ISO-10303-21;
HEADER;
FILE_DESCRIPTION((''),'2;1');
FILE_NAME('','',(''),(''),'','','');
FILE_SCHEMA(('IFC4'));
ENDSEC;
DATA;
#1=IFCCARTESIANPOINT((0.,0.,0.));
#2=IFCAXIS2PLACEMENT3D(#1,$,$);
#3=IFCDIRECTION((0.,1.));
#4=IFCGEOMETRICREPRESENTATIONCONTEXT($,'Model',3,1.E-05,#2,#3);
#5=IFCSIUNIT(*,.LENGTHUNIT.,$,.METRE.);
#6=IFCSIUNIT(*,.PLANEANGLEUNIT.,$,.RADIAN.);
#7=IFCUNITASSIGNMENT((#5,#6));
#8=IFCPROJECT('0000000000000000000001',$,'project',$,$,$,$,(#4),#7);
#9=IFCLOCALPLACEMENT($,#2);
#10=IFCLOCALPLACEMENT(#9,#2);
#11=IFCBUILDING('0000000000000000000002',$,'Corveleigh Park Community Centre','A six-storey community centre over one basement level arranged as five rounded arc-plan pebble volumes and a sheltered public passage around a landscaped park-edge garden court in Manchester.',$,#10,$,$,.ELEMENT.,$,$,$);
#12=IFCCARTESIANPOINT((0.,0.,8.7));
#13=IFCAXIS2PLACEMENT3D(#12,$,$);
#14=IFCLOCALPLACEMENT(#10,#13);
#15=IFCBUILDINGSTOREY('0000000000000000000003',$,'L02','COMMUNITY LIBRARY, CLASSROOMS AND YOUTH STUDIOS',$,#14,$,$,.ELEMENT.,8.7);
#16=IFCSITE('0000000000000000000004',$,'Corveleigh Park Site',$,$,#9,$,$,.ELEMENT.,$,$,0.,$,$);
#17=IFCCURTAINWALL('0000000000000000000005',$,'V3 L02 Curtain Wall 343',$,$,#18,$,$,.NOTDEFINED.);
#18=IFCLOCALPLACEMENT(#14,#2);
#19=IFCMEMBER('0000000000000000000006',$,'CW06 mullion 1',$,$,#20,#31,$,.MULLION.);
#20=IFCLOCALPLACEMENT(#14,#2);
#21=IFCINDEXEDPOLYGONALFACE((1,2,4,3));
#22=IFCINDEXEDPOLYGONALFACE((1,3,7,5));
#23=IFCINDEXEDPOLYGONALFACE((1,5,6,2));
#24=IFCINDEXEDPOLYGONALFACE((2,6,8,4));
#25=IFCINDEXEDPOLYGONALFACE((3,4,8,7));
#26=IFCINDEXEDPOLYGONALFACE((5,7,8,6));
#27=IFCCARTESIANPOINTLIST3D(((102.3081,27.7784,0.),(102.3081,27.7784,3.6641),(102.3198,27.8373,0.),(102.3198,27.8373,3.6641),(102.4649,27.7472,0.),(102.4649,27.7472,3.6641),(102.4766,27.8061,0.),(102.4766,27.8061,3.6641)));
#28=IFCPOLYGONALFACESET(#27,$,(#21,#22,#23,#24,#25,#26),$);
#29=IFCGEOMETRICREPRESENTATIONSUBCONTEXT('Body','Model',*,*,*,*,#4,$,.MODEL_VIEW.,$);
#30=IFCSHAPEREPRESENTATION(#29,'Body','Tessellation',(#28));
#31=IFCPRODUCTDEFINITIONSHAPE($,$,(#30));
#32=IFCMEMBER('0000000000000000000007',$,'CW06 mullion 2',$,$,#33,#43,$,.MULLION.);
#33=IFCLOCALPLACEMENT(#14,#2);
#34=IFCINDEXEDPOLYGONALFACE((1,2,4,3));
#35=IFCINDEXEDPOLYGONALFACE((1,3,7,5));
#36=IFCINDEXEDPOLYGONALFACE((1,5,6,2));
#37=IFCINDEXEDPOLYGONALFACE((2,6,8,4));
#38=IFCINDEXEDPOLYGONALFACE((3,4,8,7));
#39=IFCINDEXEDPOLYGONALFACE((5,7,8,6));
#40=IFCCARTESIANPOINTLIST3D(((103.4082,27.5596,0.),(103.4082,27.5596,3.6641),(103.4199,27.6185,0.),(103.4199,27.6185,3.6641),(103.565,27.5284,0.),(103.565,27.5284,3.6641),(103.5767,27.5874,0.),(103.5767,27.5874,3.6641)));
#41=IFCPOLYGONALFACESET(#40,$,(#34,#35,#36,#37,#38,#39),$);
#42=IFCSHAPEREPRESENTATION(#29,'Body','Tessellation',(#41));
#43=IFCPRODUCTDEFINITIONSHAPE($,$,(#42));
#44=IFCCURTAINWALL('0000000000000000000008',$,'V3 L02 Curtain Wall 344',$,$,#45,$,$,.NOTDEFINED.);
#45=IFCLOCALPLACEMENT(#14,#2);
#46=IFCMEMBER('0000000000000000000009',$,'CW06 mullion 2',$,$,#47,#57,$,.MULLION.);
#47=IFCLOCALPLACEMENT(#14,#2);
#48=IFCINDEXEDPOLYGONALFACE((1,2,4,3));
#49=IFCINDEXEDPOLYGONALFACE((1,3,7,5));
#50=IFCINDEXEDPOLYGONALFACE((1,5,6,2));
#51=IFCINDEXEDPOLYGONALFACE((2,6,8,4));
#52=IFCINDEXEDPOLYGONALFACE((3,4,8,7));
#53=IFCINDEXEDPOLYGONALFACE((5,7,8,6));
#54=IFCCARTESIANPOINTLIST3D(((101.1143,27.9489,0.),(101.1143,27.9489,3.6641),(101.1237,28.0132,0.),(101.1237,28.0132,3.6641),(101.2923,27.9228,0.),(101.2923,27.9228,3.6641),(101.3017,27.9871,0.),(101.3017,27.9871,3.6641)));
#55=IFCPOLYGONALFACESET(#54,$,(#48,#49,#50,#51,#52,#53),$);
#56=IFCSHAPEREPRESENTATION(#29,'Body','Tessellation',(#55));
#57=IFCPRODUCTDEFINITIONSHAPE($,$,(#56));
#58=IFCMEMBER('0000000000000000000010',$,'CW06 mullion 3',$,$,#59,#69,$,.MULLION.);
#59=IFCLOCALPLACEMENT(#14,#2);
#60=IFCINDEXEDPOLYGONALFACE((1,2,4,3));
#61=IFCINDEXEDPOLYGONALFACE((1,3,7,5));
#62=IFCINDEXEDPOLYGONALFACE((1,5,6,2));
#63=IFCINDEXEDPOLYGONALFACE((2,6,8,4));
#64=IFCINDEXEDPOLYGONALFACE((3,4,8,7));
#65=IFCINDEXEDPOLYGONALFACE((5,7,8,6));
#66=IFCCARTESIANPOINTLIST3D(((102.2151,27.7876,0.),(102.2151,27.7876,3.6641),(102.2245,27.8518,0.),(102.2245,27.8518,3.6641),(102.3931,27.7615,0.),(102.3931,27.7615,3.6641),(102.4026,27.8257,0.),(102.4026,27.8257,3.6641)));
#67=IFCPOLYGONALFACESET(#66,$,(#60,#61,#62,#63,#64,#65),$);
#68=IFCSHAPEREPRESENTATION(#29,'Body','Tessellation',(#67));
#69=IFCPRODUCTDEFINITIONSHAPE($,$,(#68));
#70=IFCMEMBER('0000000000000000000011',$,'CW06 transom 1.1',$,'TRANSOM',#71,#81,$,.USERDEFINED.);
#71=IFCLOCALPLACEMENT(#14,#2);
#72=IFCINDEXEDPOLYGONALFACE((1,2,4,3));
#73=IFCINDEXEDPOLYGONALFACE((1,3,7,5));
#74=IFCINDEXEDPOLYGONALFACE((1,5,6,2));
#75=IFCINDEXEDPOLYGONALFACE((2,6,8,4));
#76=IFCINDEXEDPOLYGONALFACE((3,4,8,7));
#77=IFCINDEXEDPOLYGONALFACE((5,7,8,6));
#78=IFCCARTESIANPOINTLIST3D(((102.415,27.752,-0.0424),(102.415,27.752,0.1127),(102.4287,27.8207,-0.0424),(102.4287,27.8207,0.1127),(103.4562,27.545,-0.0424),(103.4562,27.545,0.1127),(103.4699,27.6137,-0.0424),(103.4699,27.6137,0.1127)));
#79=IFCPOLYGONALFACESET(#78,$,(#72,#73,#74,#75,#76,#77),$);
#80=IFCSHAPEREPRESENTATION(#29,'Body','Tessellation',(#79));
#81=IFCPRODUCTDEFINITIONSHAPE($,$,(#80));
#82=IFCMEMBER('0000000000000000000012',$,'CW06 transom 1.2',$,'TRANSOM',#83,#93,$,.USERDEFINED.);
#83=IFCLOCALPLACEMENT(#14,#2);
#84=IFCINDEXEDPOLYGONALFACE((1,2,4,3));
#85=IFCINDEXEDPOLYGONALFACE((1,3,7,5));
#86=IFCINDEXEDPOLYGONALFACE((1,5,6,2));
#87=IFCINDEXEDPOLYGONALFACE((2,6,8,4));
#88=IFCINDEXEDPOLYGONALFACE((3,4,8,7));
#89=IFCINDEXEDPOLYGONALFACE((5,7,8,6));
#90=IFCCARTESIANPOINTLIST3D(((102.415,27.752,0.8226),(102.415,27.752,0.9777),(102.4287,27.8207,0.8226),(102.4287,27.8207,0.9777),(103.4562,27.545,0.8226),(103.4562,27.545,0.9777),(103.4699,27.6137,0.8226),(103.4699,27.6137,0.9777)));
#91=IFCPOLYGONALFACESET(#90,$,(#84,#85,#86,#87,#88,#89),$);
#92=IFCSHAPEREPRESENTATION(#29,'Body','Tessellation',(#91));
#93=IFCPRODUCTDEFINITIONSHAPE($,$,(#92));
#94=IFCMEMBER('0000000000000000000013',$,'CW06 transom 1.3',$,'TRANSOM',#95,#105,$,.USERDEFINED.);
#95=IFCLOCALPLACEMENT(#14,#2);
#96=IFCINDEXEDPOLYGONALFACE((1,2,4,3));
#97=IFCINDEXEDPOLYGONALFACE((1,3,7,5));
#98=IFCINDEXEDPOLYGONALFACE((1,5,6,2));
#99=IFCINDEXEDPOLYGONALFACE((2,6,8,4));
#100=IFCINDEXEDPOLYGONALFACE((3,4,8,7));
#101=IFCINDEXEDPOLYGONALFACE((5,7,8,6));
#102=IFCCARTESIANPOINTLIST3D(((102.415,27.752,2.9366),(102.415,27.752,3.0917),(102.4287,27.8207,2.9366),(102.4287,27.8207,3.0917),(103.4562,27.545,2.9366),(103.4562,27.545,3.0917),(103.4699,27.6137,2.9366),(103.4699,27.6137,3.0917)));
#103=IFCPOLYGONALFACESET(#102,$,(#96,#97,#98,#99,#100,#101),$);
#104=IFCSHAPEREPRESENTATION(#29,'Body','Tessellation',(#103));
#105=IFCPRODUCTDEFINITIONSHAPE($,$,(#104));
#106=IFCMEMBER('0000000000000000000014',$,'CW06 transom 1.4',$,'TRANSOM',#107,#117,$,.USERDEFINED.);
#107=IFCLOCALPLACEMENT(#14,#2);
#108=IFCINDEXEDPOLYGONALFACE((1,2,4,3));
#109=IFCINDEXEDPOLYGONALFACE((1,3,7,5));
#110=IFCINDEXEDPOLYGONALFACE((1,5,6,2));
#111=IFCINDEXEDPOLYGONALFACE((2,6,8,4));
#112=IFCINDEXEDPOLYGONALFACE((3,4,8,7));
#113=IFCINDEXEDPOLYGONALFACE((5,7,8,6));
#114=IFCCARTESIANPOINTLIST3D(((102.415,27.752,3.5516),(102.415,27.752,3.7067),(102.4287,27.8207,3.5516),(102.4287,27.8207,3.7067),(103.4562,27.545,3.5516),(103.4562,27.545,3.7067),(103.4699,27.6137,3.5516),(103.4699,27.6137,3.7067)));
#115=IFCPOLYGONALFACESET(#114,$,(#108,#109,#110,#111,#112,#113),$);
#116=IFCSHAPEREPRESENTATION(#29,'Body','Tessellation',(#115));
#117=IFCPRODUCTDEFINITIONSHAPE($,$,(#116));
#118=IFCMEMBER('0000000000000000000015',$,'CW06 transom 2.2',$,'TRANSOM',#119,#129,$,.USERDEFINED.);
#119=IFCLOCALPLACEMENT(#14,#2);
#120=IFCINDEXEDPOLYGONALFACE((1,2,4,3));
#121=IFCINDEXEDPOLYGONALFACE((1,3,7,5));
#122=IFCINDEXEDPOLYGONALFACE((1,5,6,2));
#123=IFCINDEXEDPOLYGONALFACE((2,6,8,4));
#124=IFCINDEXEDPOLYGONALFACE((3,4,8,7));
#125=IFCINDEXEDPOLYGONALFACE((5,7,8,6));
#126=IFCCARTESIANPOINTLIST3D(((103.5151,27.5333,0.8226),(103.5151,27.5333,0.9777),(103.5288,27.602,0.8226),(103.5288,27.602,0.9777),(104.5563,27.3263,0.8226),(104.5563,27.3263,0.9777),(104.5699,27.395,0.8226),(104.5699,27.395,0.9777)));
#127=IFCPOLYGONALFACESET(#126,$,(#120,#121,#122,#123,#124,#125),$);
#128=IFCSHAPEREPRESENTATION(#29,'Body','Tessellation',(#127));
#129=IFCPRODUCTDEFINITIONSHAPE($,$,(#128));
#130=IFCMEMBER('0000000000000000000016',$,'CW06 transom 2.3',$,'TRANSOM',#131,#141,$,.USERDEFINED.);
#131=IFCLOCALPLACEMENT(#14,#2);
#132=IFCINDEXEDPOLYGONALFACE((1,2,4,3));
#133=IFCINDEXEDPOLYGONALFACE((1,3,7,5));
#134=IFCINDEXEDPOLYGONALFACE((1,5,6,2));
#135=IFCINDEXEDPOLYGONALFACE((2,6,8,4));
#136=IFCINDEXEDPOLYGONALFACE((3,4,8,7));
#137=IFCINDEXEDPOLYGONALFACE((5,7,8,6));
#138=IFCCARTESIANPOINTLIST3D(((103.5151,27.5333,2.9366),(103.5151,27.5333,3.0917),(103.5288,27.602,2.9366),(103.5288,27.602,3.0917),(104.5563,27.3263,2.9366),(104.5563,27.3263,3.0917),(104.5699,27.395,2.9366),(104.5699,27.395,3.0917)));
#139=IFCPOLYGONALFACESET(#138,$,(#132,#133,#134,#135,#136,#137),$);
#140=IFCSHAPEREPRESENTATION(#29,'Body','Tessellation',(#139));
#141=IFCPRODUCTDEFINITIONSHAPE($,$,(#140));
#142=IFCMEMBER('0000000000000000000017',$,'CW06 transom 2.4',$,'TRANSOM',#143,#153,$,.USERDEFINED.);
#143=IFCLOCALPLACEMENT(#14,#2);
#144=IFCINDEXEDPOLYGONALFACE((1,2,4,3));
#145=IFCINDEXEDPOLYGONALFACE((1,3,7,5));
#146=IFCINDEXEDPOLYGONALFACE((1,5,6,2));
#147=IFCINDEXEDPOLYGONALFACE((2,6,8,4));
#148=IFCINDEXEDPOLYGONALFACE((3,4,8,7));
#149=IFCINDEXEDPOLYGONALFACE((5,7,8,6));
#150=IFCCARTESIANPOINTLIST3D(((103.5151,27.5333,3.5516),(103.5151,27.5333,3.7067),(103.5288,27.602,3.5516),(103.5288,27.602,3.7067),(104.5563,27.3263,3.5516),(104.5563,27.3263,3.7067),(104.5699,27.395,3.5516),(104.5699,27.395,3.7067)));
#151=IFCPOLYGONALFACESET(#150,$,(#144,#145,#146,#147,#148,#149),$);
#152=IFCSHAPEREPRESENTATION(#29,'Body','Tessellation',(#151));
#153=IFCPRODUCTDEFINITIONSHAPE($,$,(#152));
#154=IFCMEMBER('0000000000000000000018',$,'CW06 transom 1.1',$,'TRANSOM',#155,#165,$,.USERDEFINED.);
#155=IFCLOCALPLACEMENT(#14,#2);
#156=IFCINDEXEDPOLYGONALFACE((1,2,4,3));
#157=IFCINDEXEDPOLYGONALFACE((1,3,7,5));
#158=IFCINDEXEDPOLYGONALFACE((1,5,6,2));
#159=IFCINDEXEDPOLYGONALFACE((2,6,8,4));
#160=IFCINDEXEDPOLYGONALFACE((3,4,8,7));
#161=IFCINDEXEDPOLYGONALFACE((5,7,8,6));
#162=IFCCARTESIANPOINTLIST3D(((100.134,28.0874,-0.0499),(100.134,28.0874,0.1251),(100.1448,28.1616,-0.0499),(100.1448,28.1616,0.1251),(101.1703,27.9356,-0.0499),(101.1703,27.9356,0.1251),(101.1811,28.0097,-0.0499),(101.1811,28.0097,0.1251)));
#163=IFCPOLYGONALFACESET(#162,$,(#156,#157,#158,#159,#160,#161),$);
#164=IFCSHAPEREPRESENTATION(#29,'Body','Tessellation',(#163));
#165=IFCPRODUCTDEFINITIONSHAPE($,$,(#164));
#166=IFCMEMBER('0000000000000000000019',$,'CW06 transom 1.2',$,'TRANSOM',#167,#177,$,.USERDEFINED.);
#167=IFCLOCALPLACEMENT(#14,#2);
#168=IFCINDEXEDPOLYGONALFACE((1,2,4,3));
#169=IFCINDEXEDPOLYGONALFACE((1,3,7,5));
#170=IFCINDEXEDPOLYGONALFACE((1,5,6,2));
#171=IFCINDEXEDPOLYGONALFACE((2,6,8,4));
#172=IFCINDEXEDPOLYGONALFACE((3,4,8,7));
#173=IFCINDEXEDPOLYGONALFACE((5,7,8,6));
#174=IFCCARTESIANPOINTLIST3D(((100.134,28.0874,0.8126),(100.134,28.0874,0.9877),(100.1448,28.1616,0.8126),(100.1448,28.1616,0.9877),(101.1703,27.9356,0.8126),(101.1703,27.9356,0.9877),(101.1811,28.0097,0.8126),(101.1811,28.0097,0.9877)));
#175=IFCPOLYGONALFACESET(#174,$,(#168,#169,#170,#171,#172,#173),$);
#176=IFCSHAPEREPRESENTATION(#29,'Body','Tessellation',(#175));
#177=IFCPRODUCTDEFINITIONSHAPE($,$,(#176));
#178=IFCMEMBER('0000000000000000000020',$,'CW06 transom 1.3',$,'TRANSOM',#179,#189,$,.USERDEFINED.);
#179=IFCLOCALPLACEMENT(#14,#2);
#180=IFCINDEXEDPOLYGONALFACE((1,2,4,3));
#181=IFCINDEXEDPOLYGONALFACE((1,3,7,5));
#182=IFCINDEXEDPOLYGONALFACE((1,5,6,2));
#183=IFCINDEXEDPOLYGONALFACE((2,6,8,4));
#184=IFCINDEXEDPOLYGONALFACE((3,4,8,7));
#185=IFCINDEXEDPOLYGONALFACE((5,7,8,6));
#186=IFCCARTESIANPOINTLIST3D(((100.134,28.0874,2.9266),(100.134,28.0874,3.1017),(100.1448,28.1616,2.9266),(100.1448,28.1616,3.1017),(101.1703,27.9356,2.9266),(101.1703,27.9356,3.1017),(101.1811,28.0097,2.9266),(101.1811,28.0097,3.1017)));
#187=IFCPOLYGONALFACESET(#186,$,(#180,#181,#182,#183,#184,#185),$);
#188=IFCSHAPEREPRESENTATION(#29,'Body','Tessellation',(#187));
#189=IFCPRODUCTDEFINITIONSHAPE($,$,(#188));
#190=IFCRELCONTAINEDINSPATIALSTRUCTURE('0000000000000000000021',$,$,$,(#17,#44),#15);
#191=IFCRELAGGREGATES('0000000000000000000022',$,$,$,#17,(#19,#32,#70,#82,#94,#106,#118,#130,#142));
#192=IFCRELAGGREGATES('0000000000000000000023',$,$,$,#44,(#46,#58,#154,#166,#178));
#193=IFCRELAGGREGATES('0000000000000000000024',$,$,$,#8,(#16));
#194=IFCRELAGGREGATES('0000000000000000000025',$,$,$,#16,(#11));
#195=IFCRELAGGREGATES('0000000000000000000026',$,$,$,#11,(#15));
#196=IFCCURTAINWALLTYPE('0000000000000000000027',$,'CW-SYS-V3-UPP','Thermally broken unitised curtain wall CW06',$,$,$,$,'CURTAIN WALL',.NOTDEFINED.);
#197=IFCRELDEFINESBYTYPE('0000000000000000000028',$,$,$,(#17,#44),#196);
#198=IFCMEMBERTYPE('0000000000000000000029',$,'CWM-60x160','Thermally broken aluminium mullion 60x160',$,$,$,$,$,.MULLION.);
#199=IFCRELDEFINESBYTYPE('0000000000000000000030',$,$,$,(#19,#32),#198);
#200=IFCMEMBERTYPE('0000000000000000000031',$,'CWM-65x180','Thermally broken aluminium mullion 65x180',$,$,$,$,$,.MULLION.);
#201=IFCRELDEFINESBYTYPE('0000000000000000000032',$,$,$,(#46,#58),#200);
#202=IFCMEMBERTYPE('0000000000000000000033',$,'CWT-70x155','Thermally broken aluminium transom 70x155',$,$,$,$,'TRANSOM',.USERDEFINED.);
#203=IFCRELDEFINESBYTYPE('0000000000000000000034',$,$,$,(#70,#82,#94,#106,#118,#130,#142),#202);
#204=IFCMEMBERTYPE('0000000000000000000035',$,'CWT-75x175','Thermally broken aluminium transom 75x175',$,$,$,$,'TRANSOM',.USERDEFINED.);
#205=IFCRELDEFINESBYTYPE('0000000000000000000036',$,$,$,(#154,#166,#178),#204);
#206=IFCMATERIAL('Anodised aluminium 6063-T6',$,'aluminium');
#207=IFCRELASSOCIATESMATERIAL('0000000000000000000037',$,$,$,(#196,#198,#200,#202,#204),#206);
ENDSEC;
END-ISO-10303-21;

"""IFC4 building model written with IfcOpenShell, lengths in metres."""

from ifc_helpers import new_model, si_unit, direction, frame, origin, origin_2d, place, context, subcontext, project, spatial, rectangle, extrude, material, material_profile, profile_set, type_object, element, aggregate, save


model = new_model("IFC4")

# Units and contexts
model_context = context("Model", 3, precision=1e-05, world=origin(), true_north=direction((0.0, 1.0)))
body_context = subcontext(model_context, "Body", "Model", "MODEL_VIEW")
ifc_project = project(units=[si_unit("LENGTHUNIT", "METRE"), si_unit("PLANEANGLEUNIT", "RADIAN")], contexts=[model_context])

# Site, building, storey
site_placement = place(None, origin())
site = spatial("IfcSite", under=ifc_project, at=site_placement, Name="Corveleigh Park Site", CompositionType="ELEMENT", RefElevation=0.0)
building_placement = place(site_placement, origin())
building = spatial("IfcBuilding", under=site, at=building_placement, Name="Corveleigh Park Community Centre", Description="A six-storey community centre over one basement level arranged as five rounded arc-plan pebble volumes and a sheltered public passage around a landscaped park-edge garden court in Manchester.", CompositionType="ELEMENT")
storey_placement = place(building_placement, frame((0.0, 0.0, 8.7)))
storey = spatial("IfcBuildingStorey", under=building, at=storey_placement, Name="L02", Description="COMMUNITY LIBRARY, CLASSROOMS AND YOUTH STUDIOS", CompositionType="ELEMENT", Elevation=8.7)

# Curtain walls, members
ifc_material_1 = material(Name="Anodised aluminium 6063-T6", Category="aluminium")
curtain_wall_type = type_object("IfcCurtainWallType", Name="CW-SYS-V3-UPP", Description="Thermally broken unitised curtain wall CW06", ElementType="CURTAIN WALL", PredefinedType="NOTDEFINED", material=ifc_material_1)
curtain_wall_1_placement = place(storey_placement, origin())
curtain_wall_1 = element("IfcCurtainWall", 1, at=curtain_wall_1_placement, inside=storey, type_object=curtain_wall_type, Name="V3 L02 Curtain Wall 343", PredefinedType="NOTDEFINED")
ifc_material_profile_1 = material_profile(ifc_material_1, rectangle(XDim=0.0601, YDim=0.1599, at=origin_2d()), Name="ALU-M60x160", Category="aluminium")
ifc_profile_set_1 = profile_set([ifc_material_profile_1], Name="Anodised aluminium 6063-T6")
member_type_1 = type_object("IfcMemberType", Name="CWM-60x160", Description="Thermally broken aluminium mullion 60x160", PredefinedType="MULLION", material=ifc_profile_set_1)
member_1_placement = place(storey_placement, frame((102.3923, 27.7922, 0.0), z_axis=(0.0, 0.0, 1.0), x_axis=(0.194947, 0.980814, 0.0)))
member_1 = element("IfcMember", 2, at=member_1_placement, type_object=member_type_1, Name="CW06 mullion 1", PredefinedType="MULLION", context=body_context, shape_type="SweptSolid", body=[
    extrude(rectangle(XDim=0.0601, YDim=0.1599, at=origin_2d()), origin(), (0.0, 0.0, 1.0), 3.6641),
])
member_2_placement = place(storey_placement, frame((103.4924, 27.5735, 0.0), z_axis=(0.0, 0.0, 1.0), x_axis=(0.194947, 0.980814, 0.0)))
member_2 = element("IfcMember", 3, at=member_2_placement, type_object=member_type_1, Name="CW06 mullion 2", PredefinedType="MULLION", context=body_context, shape_type="SweptSolid", body=[
    extrude(rectangle(XDim=0.0601, YDim=0.1599, at=origin_2d()), origin(), (0.0, 0.0, 1.0), 3.6641),
])
curtain_wall_2_placement = place(storey_placement, origin())
curtain_wall_2 = element("IfcCurtainWall", 4, at=curtain_wall_2_placement, inside=storey, type_object=curtain_wall_type, Name="V3 L02 Curtain Wall 344", PredefinedType="NOTDEFINED")
ifc_material_profile_2 = material_profile(ifc_material_1, rectangle(XDim=0.0649, YDim=0.1799, at=origin_2d()), Name="ALU-M65x180", Category="aluminium")
ifc_profile_set_2 = profile_set([ifc_material_profile_2], Name="Anodised aluminium 6063-T6")
member_type_2 = type_object("IfcMemberType", Name="CWM-65x180", Description="Thermally broken aluminium mullion 65x180", PredefinedType="MULLION", material=ifc_profile_set_2)
member_3_placement = place(storey_placement, frame((101.208, 27.968, 0.0), z_axis=(0.0, 0.0, 1.0), x_axis=(0.144966, 0.989437, 0.0)))
member_3 = element("IfcMember", 5, at=member_3_placement, type_object=member_type_2, Name="CW06 mullion 2", PredefinedType="MULLION", context=body_context, shape_type="SweptSolid", body=[
    extrude(rectangle(XDim=0.0649, YDim=0.1799, at=origin_2d()), origin(), (0.0, 0.0, 1.0), 3.6641),
])
member_4_placement = place(storey_placement, frame((102.3088, 27.8066, 0.0), z_axis=(0.0, 0.0, 1.0), x_axis=(0.144966, 0.989437, 0.0)))
member_4 = element("IfcMember", 6, at=member_4_placement, type_object=member_type_2, Name="CW06 mullion 3", PredefinedType="MULLION", context=body_context, shape_type="SweptSolid", body=[
    extrude(rectangle(XDim=0.0649, YDim=0.1799, at=origin_2d()), origin(), (0.0, 0.0, 1.0), 3.6641),
])

# Members
ifc_material_profile_3 = material_profile(ifc_material_1, rectangle(XDim=0.0701, YDim=0.155, at=origin_2d()), Name="ALU-T70x155", Category="aluminium")
ifc_profile_set_3 = profile_set([ifc_material_profile_3], Name="Anodised aluminium 6063-T6")
member_type_3 = type_object("IfcMemberType", Name="CWT-70x155", Description="Thermally broken aluminium transom 70x155", ElementType="TRANSOM", PredefinedType="USERDEFINED", material=ifc_profile_set_3)
member_5_placement = place(storey_placement, frame((102.4219, 27.7864, 0.0352), z_axis=(0.980801, -0.19501, 0.0), x_axis=(0.19501, 0.980801, 0.0)))
member_5 = element("IfcMember", 7, at=member_5_placement, type_object=member_type_3, Name="CW06 transom 1.1", ObjectType="TRANSOM", PredefinedType="USERDEFINED", context=body_context, shape_type="SweptSolid", body=[
    extrude(rectangle(XDim=0.0701, YDim=0.155, at=origin_2d()), origin(), (0.0, 0.0, 1.0), 1.0615),
])
member_6_placement = place(storey_placement, frame((102.4219, 27.7864, 0.9001), z_axis=(0.980801, -0.19501, 0.0), x_axis=(0.19501, 0.980801, 0.0)))
member_6 = element("IfcMember", 8, at=member_6_placement, type_object=member_type_3, Name="CW06 transom 1.2", ObjectType="TRANSOM", PredefinedType="USERDEFINED", context=body_context, shape_type="SweptSolid", body=[
    extrude(rectangle(XDim=0.0701, YDim=0.155, at=origin_2d()), origin(), (0.0, 0.0, 1.0), 1.0615),
])
member_7_placement = place(storey_placement, frame((102.4219, 27.7864, 3.0142), z_axis=(0.980801, -0.19501, 0.0), x_axis=(0.19501, 0.980801, 0.0)))
member_7 = element("IfcMember", 9, at=member_7_placement, type_object=member_type_3, Name="CW06 transom 1.3", ObjectType="TRANSOM", PredefinedType="USERDEFINED", context=body_context, shape_type="SweptSolid", body=[
    extrude(rectangle(XDim=0.0701, YDim=0.155, at=origin_2d()), origin(), (0.0, 0.0, 1.0), 1.0615),
])
member_8_placement = place(storey_placement, frame((102.4219, 27.7864, 3.6292), z_axis=(0.980801, -0.19501, 0.0), x_axis=(0.19501, 0.980801, 0.0)))
member_8 = element("IfcMember", 10, at=member_8_placement, type_object=member_type_3, Name="CW06 transom 1.4", ObjectType="TRANSOM", PredefinedType="USERDEFINED", context=body_context, shape_type="SweptSolid", body=[
    extrude(rectangle(XDim=0.0701, YDim=0.155, at=origin_2d()), origin(), (0.0, 0.0, 1.0), 1.0615),
])
member_9_placement = place(storey_placement, frame((103.522, 27.5676, 0.9001), z_axis=(0.980801, -0.19501, 0.0), x_axis=(0.19501, 0.980801, 0.0)))
member_9 = element("IfcMember", 11, at=member_9_placement, type_object=member_type_3, Name="CW06 transom 2.2", ObjectType="TRANSOM", PredefinedType="USERDEFINED", context=body_context, shape_type="SweptSolid", body=[
    extrude(rectangle(XDim=0.0701, YDim=0.155, at=origin_2d()), origin(), (0.0, 0.0, 1.0), 1.0615),
])
member_10_placement = place(storey_placement, frame((103.522, 27.5676, 3.0142), z_axis=(0.980801, -0.19501, 0.0), x_axis=(0.19501, 0.980801, 0.0)))
member_10 = element("IfcMember", 12, at=member_10_placement, type_object=member_type_3, Name="CW06 transom 2.3", ObjectType="TRANSOM", PredefinedType="USERDEFINED", context=body_context, shape_type="SweptSolid", body=[
    extrude(rectangle(XDim=0.0701, YDim=0.155, at=origin_2d()), origin(), (0.0, 0.0, 1.0), 1.0615),
])
member_11_placement = place(storey_placement, frame((103.522, 27.5676, 3.6292), z_axis=(0.980801, -0.19501, 0.0), x_axis=(0.19501, 0.980801, 0.0)))
member_11 = element("IfcMember", 13, at=member_11_placement, type_object=member_type_3, Name="CW06 transom 2.4", ObjectType="TRANSOM", PredefinedType="USERDEFINED", context=body_context, shape_type="SweptSolid", body=[
    extrude(rectangle(XDim=0.0701, YDim=0.155, at=origin_2d()), origin(), (0.0, 0.0, 1.0), 1.0615),
])
ifc_material_profile_4 = material_profile(ifc_material_1, rectangle(XDim=0.075, YDim=0.175, at=origin_2d()), Name="ALU-T75x175", Category="aluminium")
ifc_profile_set_4 = profile_set([ifc_material_profile_4], Name="Anodised aluminium 6063-T6")
member_type_4 = type_object("IfcMemberType", Name="CWT-75x175", Description="Thermally broken aluminium transom 75x175", ElementType="TRANSOM", PredefinedType="USERDEFINED", material=ifc_profile_set_4)
member_12_placement = place(storey_placement, frame((100.1394, 28.1245, 0.0376), z_axis=(0.989435, -0.144977, 0.0), x_axis=(0.144977, 0.989435, 0.0)))
member_12 = element("IfcMember", 14, at=member_12_placement, type_object=member_type_4, Name="CW06 transom 1.1", ObjectType="TRANSOM", PredefinedType="USERDEFINED", context=body_context, shape_type="SweptSolid", body=[
    extrude(rectangle(XDim=0.075, YDim=0.175, at=origin_2d()), origin(), (0.0, 0.0, 1.0), 1.0474),
])
member_13_placement = place(storey_placement, frame((100.1394, 28.1245, 0.9001), z_axis=(0.989435, -0.144977, 0.0), x_axis=(0.144977, 0.989435, 0.0)))
member_13 = element("IfcMember", 15, at=member_13_placement, type_object=member_type_4, Name="CW06 transom 1.2", ObjectType="TRANSOM", PredefinedType="USERDEFINED", context=body_context, shape_type="SweptSolid", body=[
    extrude(rectangle(XDim=0.075, YDim=0.175, at=origin_2d()), origin(), (0.0, 0.0, 1.0), 1.0474),
])
member_14_placement = place(storey_placement, frame((100.1394, 28.1245, 3.0142), z_axis=(0.989435, -0.144977, 0.0), x_axis=(0.144977, 0.989435, 0.0)))
member_14 = element("IfcMember", 16, at=member_14_placement, type_object=member_type_4, Name="CW06 transom 1.3", ObjectType="TRANSOM", PredefinedType="USERDEFINED", context=body_context, shape_type="SweptSolid", body=[
    extrude(rectangle(XDim=0.075, YDim=0.175, at=origin_2d()), origin(), (0.0, 0.0, 1.0), 1.0474),
])

aggregate(curtain_wall_1, [member_1, member_2, member_5, member_6, member_7, member_8, member_9, member_10, member_11])
aggregate(curtain_wall_2, [member_3, member_4, member_12, member_13, member_14])

save(model, "model.ifc")
